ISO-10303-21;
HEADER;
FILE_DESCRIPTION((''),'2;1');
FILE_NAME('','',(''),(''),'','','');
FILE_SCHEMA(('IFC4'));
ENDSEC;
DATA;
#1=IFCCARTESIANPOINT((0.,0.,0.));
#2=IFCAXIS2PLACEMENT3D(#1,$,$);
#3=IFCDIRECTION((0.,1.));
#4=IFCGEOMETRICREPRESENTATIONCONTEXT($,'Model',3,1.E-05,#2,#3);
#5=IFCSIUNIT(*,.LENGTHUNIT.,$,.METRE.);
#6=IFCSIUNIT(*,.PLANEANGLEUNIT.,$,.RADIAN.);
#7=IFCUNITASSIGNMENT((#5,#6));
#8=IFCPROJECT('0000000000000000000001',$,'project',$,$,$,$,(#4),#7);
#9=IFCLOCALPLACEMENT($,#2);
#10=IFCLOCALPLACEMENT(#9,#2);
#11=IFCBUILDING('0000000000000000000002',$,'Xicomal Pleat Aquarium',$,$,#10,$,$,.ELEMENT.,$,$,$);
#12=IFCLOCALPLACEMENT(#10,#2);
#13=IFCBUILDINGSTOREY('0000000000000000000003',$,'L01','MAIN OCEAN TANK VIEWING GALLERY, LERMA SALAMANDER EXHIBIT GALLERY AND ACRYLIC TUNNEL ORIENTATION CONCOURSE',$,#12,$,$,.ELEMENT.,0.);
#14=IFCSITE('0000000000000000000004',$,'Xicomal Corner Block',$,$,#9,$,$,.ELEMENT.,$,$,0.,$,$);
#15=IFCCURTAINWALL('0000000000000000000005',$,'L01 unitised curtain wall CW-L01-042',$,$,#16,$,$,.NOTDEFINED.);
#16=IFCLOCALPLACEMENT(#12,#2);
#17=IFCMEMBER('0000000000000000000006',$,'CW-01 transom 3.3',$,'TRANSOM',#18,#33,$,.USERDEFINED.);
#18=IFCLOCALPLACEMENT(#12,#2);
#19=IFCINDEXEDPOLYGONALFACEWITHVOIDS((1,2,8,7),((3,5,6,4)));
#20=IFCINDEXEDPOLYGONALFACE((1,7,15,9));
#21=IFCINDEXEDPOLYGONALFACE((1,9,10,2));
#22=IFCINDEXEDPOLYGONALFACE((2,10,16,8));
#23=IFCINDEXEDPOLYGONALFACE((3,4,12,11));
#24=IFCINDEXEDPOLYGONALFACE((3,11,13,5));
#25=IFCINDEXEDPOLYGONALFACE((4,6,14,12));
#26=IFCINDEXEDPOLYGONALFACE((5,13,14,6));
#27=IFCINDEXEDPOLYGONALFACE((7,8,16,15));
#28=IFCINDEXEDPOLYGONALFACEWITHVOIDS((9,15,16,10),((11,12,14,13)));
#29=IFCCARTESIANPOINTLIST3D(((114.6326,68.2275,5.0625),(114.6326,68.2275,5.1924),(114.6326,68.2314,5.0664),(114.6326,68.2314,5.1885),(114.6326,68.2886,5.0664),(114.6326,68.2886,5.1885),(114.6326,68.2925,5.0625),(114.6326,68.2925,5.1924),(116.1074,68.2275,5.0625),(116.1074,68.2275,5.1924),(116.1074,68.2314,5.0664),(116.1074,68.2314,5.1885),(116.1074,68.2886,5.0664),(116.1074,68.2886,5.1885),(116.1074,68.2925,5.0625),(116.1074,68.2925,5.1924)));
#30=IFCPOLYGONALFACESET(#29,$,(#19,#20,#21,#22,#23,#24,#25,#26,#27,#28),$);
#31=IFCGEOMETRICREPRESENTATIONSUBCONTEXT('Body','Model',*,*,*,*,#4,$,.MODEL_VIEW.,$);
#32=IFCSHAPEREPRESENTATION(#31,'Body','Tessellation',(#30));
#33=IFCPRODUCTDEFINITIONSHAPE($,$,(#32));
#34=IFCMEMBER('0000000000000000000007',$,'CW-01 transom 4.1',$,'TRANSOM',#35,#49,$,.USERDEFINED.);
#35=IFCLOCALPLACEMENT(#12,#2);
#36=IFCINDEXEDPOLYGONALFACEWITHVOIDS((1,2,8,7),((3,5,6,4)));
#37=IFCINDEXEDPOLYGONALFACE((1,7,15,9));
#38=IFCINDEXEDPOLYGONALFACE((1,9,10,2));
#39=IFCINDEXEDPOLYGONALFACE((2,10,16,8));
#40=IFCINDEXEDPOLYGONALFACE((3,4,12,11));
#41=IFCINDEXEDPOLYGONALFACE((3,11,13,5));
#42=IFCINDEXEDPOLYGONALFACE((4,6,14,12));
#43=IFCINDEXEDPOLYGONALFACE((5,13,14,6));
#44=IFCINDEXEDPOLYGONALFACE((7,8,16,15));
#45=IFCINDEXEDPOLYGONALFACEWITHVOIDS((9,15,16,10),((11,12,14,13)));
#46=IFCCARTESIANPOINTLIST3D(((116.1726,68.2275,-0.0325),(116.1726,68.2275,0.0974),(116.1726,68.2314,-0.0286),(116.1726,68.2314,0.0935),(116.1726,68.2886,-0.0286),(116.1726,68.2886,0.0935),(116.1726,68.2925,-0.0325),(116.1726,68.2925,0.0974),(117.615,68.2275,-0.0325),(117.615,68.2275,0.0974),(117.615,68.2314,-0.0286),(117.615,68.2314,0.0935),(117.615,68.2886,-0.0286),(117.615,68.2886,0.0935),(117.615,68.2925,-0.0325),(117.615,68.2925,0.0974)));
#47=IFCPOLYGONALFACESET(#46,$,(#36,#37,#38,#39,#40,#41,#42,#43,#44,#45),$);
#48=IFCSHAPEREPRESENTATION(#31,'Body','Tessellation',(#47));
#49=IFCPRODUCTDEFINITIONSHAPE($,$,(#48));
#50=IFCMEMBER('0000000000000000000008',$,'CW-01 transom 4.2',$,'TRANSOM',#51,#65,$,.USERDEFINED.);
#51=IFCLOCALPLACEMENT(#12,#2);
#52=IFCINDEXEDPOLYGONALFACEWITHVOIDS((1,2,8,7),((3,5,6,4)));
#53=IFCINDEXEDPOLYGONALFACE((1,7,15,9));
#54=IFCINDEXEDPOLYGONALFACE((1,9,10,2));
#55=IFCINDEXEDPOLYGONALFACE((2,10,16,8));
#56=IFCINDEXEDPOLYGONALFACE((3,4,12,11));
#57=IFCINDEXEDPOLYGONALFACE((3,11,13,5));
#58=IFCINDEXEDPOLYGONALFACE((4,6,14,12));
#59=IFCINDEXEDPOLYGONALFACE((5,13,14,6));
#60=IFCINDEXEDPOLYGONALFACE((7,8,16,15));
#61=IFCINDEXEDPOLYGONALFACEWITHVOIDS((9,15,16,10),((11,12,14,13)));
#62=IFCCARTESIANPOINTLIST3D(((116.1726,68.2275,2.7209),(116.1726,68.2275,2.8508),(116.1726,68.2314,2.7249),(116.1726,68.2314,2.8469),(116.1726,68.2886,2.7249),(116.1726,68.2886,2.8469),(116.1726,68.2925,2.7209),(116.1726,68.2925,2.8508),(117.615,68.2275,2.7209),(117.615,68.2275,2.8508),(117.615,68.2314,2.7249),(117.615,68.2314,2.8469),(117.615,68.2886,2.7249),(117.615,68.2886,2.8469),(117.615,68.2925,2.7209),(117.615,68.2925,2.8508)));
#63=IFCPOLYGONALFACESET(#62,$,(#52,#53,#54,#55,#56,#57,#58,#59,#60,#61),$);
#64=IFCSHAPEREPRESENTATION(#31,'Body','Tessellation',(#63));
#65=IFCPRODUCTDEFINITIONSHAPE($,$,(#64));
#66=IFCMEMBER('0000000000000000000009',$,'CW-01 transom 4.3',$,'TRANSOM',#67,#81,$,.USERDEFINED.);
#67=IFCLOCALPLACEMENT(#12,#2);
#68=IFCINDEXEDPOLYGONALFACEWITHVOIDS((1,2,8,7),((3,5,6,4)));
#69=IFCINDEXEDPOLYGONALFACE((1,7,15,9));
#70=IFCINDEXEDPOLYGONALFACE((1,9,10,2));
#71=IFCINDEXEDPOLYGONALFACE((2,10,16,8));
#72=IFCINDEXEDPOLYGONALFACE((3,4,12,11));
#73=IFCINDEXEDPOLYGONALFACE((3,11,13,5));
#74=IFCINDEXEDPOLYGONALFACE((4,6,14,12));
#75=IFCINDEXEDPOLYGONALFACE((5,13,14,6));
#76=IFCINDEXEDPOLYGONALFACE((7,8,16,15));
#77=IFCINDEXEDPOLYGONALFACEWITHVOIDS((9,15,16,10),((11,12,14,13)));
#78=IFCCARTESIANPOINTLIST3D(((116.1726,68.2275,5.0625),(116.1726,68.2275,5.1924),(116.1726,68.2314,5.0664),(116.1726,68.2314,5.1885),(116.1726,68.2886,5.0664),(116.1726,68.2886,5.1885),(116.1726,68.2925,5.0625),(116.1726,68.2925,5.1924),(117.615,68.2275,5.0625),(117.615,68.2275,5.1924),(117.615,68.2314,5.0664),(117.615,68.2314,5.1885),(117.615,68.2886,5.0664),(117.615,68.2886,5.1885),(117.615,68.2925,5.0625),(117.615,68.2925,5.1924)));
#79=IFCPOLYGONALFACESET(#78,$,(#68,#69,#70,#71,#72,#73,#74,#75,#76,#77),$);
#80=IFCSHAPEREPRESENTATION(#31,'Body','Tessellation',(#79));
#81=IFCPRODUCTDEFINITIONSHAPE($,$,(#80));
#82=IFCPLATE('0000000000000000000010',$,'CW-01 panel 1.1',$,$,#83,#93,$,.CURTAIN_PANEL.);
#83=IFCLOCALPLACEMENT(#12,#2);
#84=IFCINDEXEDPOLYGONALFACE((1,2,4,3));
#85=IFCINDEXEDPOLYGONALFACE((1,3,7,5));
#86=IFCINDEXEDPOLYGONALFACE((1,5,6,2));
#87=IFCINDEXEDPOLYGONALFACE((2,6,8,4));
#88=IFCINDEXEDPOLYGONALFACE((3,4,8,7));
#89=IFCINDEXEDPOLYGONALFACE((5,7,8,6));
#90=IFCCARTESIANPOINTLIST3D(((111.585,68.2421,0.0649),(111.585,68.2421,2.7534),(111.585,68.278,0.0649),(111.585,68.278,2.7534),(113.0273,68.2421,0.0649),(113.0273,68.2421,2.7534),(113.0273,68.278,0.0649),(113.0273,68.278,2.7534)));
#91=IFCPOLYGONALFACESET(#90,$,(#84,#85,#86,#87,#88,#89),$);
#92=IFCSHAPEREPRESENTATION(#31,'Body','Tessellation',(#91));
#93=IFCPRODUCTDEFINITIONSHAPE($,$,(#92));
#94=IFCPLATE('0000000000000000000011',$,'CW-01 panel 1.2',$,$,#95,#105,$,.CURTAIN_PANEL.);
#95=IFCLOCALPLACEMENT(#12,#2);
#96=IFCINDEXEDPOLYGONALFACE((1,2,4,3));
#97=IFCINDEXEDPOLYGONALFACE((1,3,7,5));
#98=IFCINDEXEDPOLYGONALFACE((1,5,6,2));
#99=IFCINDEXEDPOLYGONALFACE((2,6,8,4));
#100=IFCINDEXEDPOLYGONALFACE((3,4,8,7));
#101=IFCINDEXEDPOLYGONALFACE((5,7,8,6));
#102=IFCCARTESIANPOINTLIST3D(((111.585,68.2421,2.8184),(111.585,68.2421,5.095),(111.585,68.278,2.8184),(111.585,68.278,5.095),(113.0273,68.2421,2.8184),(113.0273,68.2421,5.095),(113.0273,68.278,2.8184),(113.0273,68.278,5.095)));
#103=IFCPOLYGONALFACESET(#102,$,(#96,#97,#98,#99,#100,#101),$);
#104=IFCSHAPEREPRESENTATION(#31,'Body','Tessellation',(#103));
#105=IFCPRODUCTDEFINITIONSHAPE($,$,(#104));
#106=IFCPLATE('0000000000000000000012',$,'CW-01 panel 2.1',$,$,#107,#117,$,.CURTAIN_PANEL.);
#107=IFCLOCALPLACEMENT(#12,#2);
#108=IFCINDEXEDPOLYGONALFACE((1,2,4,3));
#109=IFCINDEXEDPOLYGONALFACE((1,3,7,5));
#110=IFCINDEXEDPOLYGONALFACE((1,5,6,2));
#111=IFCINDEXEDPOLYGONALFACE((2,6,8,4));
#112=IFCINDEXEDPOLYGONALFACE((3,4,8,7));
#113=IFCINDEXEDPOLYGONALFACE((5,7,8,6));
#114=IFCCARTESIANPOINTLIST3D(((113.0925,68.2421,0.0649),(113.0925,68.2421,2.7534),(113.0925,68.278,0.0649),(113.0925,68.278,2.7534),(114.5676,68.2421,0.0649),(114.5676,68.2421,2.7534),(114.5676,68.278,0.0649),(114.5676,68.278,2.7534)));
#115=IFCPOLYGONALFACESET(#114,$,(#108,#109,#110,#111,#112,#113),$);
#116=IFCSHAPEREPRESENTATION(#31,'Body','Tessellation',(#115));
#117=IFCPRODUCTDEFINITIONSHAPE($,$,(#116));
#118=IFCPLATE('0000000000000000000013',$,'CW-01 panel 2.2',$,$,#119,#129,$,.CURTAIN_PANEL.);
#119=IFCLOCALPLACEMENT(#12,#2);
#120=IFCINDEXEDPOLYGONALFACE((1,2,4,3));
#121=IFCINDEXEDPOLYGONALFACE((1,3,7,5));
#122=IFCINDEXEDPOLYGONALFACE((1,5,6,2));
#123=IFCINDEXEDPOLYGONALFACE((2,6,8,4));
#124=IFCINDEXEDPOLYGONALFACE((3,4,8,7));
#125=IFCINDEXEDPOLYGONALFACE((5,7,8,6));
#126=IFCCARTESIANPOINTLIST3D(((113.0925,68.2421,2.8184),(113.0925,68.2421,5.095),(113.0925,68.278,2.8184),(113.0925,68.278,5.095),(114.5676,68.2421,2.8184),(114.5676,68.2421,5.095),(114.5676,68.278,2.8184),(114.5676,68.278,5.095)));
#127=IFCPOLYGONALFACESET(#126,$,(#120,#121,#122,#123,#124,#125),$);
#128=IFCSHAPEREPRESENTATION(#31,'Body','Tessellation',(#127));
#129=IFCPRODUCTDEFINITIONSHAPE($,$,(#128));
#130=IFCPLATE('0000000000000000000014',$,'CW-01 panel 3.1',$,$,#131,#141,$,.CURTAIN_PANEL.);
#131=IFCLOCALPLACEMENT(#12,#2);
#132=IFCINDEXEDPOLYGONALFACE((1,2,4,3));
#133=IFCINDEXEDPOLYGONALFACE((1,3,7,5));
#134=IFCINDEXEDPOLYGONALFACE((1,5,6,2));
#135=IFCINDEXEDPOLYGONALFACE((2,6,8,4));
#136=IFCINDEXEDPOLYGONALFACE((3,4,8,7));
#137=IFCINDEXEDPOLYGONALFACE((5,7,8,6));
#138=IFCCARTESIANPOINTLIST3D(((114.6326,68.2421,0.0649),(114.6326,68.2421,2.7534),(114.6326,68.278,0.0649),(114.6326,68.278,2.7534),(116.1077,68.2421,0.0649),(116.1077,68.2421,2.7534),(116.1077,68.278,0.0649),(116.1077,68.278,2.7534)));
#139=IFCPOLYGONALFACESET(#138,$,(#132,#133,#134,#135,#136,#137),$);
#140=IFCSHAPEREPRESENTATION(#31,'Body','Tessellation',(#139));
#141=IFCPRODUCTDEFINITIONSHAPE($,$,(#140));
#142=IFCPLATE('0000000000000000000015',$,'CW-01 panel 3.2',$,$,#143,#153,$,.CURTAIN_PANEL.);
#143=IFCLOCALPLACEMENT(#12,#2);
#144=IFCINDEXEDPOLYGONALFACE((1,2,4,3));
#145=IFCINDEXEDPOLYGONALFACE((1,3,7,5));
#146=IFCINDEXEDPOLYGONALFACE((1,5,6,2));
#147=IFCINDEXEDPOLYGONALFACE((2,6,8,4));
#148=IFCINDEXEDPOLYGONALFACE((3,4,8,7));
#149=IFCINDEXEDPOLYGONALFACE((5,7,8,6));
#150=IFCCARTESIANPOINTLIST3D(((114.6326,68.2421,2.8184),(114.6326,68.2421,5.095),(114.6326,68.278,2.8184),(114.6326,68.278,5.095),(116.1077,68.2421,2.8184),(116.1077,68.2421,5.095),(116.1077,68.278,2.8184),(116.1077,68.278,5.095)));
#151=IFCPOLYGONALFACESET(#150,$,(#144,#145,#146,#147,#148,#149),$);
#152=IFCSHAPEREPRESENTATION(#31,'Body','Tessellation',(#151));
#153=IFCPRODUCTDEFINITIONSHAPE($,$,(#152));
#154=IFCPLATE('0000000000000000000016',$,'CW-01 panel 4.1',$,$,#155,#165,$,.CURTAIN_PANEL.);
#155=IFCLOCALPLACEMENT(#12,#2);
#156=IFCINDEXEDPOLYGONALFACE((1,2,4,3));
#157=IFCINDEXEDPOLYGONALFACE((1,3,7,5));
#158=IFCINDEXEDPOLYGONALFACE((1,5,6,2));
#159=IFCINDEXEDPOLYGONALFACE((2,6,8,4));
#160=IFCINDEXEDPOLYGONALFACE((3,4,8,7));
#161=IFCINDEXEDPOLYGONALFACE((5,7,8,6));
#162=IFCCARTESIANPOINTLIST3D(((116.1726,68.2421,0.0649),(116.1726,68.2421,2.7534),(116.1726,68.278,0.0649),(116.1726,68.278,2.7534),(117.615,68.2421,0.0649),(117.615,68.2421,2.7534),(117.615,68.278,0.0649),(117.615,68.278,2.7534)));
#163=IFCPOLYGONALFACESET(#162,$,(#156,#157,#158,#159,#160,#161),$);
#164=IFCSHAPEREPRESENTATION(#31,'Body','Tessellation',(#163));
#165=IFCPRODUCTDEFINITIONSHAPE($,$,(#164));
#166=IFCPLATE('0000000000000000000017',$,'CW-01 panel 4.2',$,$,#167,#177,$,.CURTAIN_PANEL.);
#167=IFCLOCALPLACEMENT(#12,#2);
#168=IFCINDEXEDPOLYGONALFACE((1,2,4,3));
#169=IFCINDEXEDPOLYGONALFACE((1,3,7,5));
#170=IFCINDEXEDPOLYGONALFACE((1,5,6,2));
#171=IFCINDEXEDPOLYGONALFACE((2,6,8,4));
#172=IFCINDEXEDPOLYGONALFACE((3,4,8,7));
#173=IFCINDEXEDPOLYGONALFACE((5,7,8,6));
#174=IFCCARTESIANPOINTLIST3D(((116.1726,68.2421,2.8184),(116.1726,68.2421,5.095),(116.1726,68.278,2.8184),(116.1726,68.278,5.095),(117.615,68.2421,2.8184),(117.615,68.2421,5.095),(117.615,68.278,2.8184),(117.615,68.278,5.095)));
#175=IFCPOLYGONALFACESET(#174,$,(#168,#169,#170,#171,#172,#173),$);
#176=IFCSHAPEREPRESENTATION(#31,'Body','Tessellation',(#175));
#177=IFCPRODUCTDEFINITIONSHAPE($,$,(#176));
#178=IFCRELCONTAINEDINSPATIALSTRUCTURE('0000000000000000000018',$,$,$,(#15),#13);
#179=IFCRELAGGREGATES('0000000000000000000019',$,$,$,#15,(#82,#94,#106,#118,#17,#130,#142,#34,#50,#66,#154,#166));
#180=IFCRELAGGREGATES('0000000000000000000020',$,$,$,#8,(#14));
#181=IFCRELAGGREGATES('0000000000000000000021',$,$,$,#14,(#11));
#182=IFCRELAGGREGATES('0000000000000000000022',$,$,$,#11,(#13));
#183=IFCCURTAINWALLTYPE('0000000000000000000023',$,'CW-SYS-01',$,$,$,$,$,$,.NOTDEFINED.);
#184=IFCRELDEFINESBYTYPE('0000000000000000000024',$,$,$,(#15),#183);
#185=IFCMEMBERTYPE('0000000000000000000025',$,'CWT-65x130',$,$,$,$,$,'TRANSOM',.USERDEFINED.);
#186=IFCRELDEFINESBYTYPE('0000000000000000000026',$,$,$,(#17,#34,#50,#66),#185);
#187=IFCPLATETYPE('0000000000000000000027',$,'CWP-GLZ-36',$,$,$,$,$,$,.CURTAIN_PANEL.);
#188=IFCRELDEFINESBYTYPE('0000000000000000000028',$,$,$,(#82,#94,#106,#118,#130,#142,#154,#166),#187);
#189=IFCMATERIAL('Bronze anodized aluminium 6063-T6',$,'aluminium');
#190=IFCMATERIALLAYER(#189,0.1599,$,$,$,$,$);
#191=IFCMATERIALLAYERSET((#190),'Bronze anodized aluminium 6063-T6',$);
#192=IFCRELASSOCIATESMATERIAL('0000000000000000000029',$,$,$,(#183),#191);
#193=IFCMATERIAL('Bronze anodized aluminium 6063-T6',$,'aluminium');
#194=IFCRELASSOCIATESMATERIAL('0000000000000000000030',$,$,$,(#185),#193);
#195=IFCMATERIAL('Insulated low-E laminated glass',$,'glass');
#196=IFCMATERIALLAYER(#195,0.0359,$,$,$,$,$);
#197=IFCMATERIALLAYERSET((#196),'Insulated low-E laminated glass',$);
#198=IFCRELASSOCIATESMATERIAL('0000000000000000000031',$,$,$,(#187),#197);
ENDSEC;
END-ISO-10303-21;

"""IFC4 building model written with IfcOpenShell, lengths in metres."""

from ifc_helpers import new_model, si_unit, direction, frame, origin, origin_2d, place, context, subcontext, project, spatial, rectangle, hollow_rectangle, extrude, material, layer, layer_set, material_profile, profile_set, type_object, element, aggregate, save


model = new_model("IFC4")

# Units and contexts
model_context = context("Model", 3, precision=1e-05, world=origin(), true_north=direction((0.0, 1.0)))
body_context = subcontext(model_context, "Body", "Model", "MODEL_VIEW")
ifc_project = project(units=[si_unit("LENGTHUNIT", "METRE"), si_unit("PLANEANGLEUNIT", "RADIAN")], contexts=[model_context])

# Site, building, storey
site_placement = place(None, origin())
site = spatial("IfcSite", under=ifc_project, at=site_placement, Name="Xicomal Corner Block", CompositionType="ELEMENT", RefElevation=0.0)
building_placement = place(site_placement, origin())
building = spatial("IfcBuilding", under=site, at=building_placement, Name="Xicomal Pleat Aquarium", CompositionType="ELEMENT")
storey_placement = place(building_placement, origin())
storey = spatial("IfcBuildingStorey", under=building, at=storey_placement, Name="L01", Description="MAIN OCEAN TANK VIEWING GALLERY, LERMA SALAMANDER EXHIBIT GALLERY AND ACRYLIC TUNNEL ORIENTATION CONCOURSE", CompositionType="ELEMENT", Elevation=0.0)

# Curtain wall
ifc_material_1 = material(Name="Bronze anodized aluminium 6063-T6", Category="aluminium")
ifc_layer_1 = layer(ifc_material_1, 0.1599)
ifc_layer_set_1 = layer_set([ifc_layer_1], Name="Bronze anodized aluminium 6063-T6")
curtain_wall_type_1 = type_object("IfcCurtainWallType", Name="CW-SYS-01", PredefinedType="NOTDEFINED", material=ifc_layer_set_1)
curtain_wall_1_placement = place(storey_placement, origin())
curtain_wall_1 = element("IfcCurtainWall", 1, at=curtain_wall_1_placement, inside=storey, type_object=curtain_wall_type_1, Name="L01 unitised curtain wall CW-L01-042", PredefinedType="NOTDEFINED")

# Members
ifc_material_2 = material(Name="Bronze anodized aluminium 6063-T6", Category="aluminium")
ifc_material_profile_1 = material_profile(ifc_material_2, hollow_rectangle(XDim=0.0649, YDim=0.1299, WallThickness=0.0039, at=origin_2d()), Name="ALU TRAN 65x130")
ifc_profile_set_1 = profile_set([ifc_material_profile_1], Name="Bronze anodized aluminium 6063-T6")
member_type_1 = type_object("IfcMemberType", Name="CWT-65x130", ElementType="TRANSOM", PredefinedType="USERDEFINED", material=ifc_profile_set_1)
member_1_placement = place(storey_placement, frame((114.6326, 68.26, 5.1274), z_axis=(1.0, 0.0, 0.0), x_axis=(0.0, 1.0, 0.0)))
member_1 = element("IfcMember", 2, at=member_1_placement, type_object=member_type_1, Name="CW-01 transom 3.3", ObjectType="TRANSOM", PredefinedType="USERDEFINED", context=body_context, shape_type="SweptSolid", body=[
    extrude(hollow_rectangle(XDim=0.0649, YDim=0.1299, WallThickness=0.0039, at=origin_2d()), origin(), (0.0, 0.0, 1.0), 1.4749),
])
member_2_placement = place(storey_placement, frame((116.1726, 68.26, 0.0325), z_axis=(1.0, 0.0, 0.0), x_axis=(0.0, 1.0, 0.0)))
member_2 = element("IfcMember", 3, at=member_2_placement, type_object=member_type_1, Name="CW-01 transom 4.1", ObjectType="TRANSOM", PredefinedType="USERDEFINED", context=body_context, shape_type="SweptSolid", body=[
    extrude(hollow_rectangle(XDim=0.0649, YDim=0.1299, WallThickness=0.0039, at=origin_2d()), origin(), (0.0, 0.0, 1.0), 1.4424),
])
member_3_placement = place(storey_placement, frame((116.1726, 68.26, 2.7859), z_axis=(1.0, 0.0, 0.0), x_axis=(0.0, 1.0, 0.0)))
member_3 = element("IfcMember", 4, at=member_3_placement, type_object=member_type_1, Name="CW-01 transom 4.2", ObjectType="TRANSOM", PredefinedType="USERDEFINED", context=body_context, shape_type="SweptSolid", body=[
    extrude(hollow_rectangle(XDim=0.0649, YDim=0.1299, WallThickness=0.0039, at=origin_2d()), origin(), (0.0, 0.0, 1.0), 1.4424),
])
member_4_placement = place(storey_placement, frame((116.1726, 68.26, 5.1274), z_axis=(1.0, 0.0, 0.0), x_axis=(0.0, 1.0, 0.0)))
member_4 = element("IfcMember", 5, at=member_4_placement, type_object=member_type_1, Name="CW-01 transom 4.3", ObjectType="TRANSOM", PredefinedType="USERDEFINED", context=body_context, shape_type="SweptSolid", body=[
    extrude(hollow_rectangle(XDim=0.0649, YDim=0.1299, WallThickness=0.0039, at=origin_2d()), origin(), (0.0, 0.0, 1.0), 1.4424),
])

# Plates
ifc_material_3 = material(Name="Insulated low-E laminated glass", Category="glass")
ifc_layer_2 = layer(ifc_material_3, 0.0359)
ifc_layer_set_2 = layer_set([ifc_layer_2], Name="Insulated low-E laminated glass")
plate_type = type_object("IfcPlateType", Name="CWP-GLZ-36", PredefinedType="CURTAIN_PANEL", material=ifc_layer_set_2)
plate_1_placement = place(storey_placement, frame((112.3062, 68.26, 0.0649), z_axis=(0.0, 0.0, 1.0), x_axis=(1.0, 0.0, 0.0)))
plate_1 = element("IfcPlate", 6, at=plate_1_placement, type_object=plate_type, Name="CW-01 panel 1.1", PredefinedType="CURTAIN_PANEL", context=body_context, shape_type="SweptSolid", body=[
    extrude(rectangle(XDim=1.4424, YDim=0.0359, at=origin_2d()), origin(), (0.0, 0.0, 1.0), 2.6885),
])
plate_2_placement = place(storey_placement, frame((112.3062, 68.26, 2.8184), z_axis=(0.0, 0.0, 1.0), x_axis=(1.0, 0.0, 0.0)))
plate_2 = element("IfcPlate", 7, at=plate_2_placement, type_object=plate_type, Name="CW-01 panel 1.2", PredefinedType="CURTAIN_PANEL", context=body_context, shape_type="SweptSolid", body=[
    extrude(rectangle(XDim=1.4424, YDim=0.0359, at=origin_2d()), origin(), (0.0, 0.0, 1.0), 2.2766),
])
plate_3_placement = place(storey_placement, frame((113.8301, 68.26, 0.0649), z_axis=(0.0, 0.0, 1.0), x_axis=(1.0, 0.0, 0.0)))
plate_3 = element("IfcPlate", 8, at=plate_3_placement, type_object=plate_type, Name="CW-01 panel 2.1", PredefinedType="CURTAIN_PANEL", context=body_context, shape_type="SweptSolid", body=[
    extrude(rectangle(XDim=1.4751, YDim=0.0359, at=origin_2d()), origin(), (0.0, 0.0, 1.0), 2.6885),
])
plate_4_placement = place(storey_placement, frame((113.8301, 68.26, 2.8184), z_axis=(0.0, 0.0, 1.0), x_axis=(1.0, 0.0, 0.0)))
plate_4 = element("IfcPlate", 9, at=plate_4_placement, type_object=plate_type, Name="CW-01 panel 2.2", PredefinedType="CURTAIN_PANEL", context=body_context, shape_type="SweptSolid", body=[
    extrude(rectangle(XDim=1.4751, YDim=0.0359, at=origin_2d()), origin(), (0.0, 0.0, 1.0), 2.2766),
])
plate_5_placement = place(storey_placement, frame((115.3701, 68.26, 0.0649), z_axis=(0.0, 0.0, 1.0), x_axis=(1.0, 0.0, 0.0)))
plate_5 = element("IfcPlate", 10, at=plate_5_placement, type_object=plate_type, Name="CW-01 panel 3.1", PredefinedType="CURTAIN_PANEL", context=body_context, shape_type="SweptSolid", body=[
    extrude(rectangle(XDim=1.4751, YDim=0.0359, at=origin_2d()), origin(), (0.0, 0.0, 1.0), 2.6885),
])
plate_6_placement = place(storey_placement, frame((115.3701, 68.26, 2.8184), z_axis=(0.0, 0.0, 1.0), x_axis=(1.0, 0.0, 0.0)))
plate_6 = element("IfcPlate", 11, at=plate_6_placement, type_object=plate_type, Name="CW-01 panel 3.2", PredefinedType="CURTAIN_PANEL", context=body_context, shape_type="SweptSolid", body=[
    extrude(rectangle(XDim=1.4751, YDim=0.0359, at=origin_2d()), origin(), (0.0, 0.0, 1.0), 2.2766),
])
plate_7_placement = place(storey_placement, frame((116.8938, 68.26, 0.0649), z_axis=(0.0, 0.0, 1.0), x_axis=(1.0, 0.0, 0.0)))
plate_7 = element("IfcPlate", 12, at=plate_7_placement, type_object=plate_type, Name="CW-01 panel 4.1", PredefinedType="CURTAIN_PANEL", context=body_context, shape_type="SweptSolid", body=[
    extrude(rectangle(XDim=1.4424, YDim=0.0359, at=origin_2d()), origin(), (0.0, 0.0, 1.0), 2.6885),
])
plate_8_placement = place(storey_placement, frame((116.8938, 68.26, 2.8184), z_axis=(0.0, 0.0, 1.0), x_axis=(1.0, 0.0, 0.0)))
plate_8 = element("IfcPlate", 13, at=plate_8_placement, type_object=plate_type, Name="CW-01 panel 4.2", PredefinedType="CURTAIN_PANEL", context=body_context, shape_type="SweptSolid", body=[
    extrude(rectangle(XDim=1.4424, YDim=0.0359, at=origin_2d()), origin(), (0.0, 0.0, 1.0), 2.2766),
])
aggregate(curtain_wall_1, [plate_1, plate_2, plate_3, plate_4, member_1, plate_5, plate_6, member_2, member_3, member_4, plate_7, plate_8])

save(model, "model.ifc")
